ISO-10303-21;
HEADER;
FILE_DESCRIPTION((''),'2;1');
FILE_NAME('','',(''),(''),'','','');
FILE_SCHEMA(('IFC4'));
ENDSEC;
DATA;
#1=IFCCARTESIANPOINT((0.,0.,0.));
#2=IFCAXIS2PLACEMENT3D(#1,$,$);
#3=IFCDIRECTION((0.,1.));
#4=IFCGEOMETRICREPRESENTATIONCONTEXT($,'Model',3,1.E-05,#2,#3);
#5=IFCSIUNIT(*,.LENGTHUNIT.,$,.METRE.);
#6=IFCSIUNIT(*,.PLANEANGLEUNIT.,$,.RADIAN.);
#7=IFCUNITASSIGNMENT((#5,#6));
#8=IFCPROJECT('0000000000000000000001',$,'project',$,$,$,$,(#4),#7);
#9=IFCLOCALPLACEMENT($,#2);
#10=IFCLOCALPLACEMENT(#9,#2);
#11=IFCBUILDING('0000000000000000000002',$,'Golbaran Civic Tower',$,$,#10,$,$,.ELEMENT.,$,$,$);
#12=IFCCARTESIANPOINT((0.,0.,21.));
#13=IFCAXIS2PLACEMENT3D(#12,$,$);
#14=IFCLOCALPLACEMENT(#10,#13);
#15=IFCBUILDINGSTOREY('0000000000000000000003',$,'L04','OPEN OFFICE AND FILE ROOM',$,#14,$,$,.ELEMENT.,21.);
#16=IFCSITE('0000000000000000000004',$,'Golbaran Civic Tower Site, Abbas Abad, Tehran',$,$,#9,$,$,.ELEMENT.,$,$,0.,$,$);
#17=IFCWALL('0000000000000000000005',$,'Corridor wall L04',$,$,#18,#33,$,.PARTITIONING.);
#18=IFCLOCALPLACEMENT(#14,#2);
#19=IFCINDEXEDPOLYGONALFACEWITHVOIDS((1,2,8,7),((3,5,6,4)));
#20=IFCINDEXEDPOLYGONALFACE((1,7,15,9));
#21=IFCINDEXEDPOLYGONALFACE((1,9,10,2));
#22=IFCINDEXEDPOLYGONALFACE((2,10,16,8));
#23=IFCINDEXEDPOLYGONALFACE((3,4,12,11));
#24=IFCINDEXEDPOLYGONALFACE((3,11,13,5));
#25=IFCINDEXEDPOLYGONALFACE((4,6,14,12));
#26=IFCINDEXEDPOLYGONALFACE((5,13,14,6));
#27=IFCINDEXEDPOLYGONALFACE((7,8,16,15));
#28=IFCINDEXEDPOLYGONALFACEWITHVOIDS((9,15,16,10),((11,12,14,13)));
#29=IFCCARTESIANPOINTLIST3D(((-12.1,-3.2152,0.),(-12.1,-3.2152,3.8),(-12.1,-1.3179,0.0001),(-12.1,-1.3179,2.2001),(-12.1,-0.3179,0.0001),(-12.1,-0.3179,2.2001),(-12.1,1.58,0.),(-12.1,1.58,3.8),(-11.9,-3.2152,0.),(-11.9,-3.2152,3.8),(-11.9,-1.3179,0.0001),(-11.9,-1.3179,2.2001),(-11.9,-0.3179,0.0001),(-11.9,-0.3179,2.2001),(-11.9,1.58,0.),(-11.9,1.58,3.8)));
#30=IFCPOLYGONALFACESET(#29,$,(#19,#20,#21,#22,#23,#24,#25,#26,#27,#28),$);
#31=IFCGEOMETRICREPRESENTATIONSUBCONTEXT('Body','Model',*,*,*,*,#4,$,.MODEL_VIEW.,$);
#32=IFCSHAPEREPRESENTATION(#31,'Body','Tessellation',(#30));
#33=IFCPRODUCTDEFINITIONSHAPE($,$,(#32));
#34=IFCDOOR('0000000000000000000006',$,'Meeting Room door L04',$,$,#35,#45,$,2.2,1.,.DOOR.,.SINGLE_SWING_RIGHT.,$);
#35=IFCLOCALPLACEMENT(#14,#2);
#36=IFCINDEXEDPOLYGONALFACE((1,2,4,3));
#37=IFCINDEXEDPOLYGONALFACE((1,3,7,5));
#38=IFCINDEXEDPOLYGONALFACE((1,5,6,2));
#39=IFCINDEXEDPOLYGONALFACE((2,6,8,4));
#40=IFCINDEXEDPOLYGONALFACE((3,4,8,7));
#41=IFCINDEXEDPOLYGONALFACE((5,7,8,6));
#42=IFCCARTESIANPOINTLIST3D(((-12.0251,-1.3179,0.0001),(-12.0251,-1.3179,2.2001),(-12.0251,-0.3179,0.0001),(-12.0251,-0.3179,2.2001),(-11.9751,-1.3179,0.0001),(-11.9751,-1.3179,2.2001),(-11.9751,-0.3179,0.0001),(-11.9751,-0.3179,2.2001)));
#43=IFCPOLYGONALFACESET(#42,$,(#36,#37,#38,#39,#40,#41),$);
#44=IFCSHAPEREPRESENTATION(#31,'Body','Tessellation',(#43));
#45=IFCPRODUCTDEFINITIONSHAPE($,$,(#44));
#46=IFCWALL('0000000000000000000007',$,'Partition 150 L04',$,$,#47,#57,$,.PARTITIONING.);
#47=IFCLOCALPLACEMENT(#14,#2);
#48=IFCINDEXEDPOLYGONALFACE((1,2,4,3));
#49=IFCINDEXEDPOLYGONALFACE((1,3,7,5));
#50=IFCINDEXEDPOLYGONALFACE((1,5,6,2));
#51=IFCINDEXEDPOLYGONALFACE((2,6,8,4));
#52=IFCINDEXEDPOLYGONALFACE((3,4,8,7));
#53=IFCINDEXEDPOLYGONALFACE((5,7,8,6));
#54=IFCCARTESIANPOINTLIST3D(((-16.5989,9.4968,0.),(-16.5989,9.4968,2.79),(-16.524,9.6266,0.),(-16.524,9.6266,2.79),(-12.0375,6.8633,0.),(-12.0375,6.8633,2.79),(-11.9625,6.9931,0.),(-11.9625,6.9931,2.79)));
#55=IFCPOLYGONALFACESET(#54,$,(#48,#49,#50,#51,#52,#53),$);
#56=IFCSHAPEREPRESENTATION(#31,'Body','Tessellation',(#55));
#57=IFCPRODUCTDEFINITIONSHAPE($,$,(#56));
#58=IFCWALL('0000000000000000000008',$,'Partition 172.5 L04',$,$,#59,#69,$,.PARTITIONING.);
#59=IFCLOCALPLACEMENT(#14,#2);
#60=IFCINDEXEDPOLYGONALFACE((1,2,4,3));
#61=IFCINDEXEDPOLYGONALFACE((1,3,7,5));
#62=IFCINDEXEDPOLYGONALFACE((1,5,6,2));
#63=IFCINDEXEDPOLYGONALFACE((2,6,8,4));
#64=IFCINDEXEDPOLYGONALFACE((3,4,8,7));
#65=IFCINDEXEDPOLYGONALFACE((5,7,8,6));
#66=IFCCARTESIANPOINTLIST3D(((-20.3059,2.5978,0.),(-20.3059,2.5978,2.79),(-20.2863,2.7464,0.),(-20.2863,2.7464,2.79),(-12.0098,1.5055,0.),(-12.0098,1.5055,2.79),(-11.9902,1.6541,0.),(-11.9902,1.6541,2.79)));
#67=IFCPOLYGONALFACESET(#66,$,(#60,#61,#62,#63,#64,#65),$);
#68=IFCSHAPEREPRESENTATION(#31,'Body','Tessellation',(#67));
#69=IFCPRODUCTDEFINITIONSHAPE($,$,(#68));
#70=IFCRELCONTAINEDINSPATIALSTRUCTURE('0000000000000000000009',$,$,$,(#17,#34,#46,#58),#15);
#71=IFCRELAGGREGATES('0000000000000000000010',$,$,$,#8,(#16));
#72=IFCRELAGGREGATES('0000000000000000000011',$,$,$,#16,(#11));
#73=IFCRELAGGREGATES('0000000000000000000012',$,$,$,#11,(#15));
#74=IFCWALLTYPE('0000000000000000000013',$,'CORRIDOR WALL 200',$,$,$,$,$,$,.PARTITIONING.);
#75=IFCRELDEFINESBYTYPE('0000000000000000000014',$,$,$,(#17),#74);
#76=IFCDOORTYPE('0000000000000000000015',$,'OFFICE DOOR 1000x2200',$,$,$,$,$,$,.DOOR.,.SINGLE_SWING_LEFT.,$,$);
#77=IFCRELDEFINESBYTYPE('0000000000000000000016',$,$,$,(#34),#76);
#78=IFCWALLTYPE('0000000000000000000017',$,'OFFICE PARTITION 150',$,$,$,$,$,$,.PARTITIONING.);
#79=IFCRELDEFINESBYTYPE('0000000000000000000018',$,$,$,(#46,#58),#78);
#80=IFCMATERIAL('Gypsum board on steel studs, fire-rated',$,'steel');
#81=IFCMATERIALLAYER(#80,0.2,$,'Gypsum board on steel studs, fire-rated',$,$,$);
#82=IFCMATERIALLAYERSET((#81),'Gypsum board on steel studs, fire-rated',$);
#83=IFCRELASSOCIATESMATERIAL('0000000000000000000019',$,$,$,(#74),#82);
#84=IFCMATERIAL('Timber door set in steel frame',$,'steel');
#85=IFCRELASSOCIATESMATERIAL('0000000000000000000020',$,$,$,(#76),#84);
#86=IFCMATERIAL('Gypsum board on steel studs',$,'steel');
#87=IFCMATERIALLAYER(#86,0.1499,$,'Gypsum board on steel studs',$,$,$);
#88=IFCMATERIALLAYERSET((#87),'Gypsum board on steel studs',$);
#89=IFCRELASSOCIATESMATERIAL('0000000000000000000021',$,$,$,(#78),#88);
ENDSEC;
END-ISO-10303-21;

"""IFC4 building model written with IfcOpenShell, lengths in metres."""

from ifc_helpers import new_model, si_unit, direction, frame, frame_2d, origin, place, context, subcontext, project, spatial, rectangle, extrude, material, layer, layer_set, type_object, element, fill, save


model = new_model("IFC4")

# Units and contexts
model_context = context("Model", 3, precision=1e-05, world=origin(), true_north=direction((0.0, 1.0)))
body_context = subcontext(model_context, "Body", "Model", "MODEL_VIEW")
ifc_project = project(units=[si_unit("LENGTHUNIT", "METRE"), si_unit("PLANEANGLEUNIT", "RADIAN")], contexts=[model_context])

# Site, building, storey
site_placement = place(None, origin())
site = spatial("IfcSite", under=ifc_project, at=site_placement, Name="Golbaran Civic Tower Site, Abbas Abad, Tehran", CompositionType="ELEMENT", RefElevation=0.0)
building_placement = place(site_placement, origin())
building = spatial("IfcBuilding", under=site, at=building_placement, Name="Golbaran Civic Tower", CompositionType="ELEMENT")
storey_placement = place(building_placement, frame((0.0, 0.0, 21.0)))
storey = spatial("IfcBuildingStorey", under=building, at=storey_placement, Name="L04", Description="OPEN OFFICE AND FILE ROOM", CompositionType="ELEMENT", Elevation=21.0)

# Shared definitions
ifc_material_1 = material(Name="Timber door set in steel frame", Category="steel")

# Shared definitions
ifc_material_2 = material(Name="Gypsum board on steel studs, fire-rated", Category="steel")
ifc_layer_1 = layer(ifc_material_2, 0.2, Name="Gypsum board on steel studs, fire-rated")
ifc_layer_set_1 = layer_set([ifc_layer_1], Name="Gypsum board on steel studs, fire-rated")
wall_type_1 = type_object("IfcWallType", Name="CORRIDOR WALL 200", PredefinedType="PARTITIONING", material=ifc_layer_set_1)

# Wall, opening, door
door_type_1 = type_object("IfcDoorType", Name="OFFICE DOOR 1000x2200", OperationType="SINGLE_SWING_LEFT", PredefinedType="DOOR", material=ifc_material_1)
wall_1_placement = place(storey_placement, frame((-12.0, 1.5798, 0.0), z_axis=(0.0, 0.0, 1.0), x_axis=(0.0, -1.0, 0.0)))
wall_1 = element("IfcWall", 1, at=wall_1_placement, inside=storey, type_object=wall_type_1, Name="Corridor wall L04", PredefinedType="PARTITIONING", context=body_context, shape_type="SweptSolid", body=[
    extrude(rectangle(XDim=4.7952, YDim=0.2, at=frame_2d((2.3975, 0.0))), origin(), (0.0, 0.0, 1.0), 3.8),
])
opening_1_placement = place(wall_1_placement, frame((1.8977, 0.0, 0.0)))
opening_1 = element("IfcOpeningElement", 2, at=opening_1_placement, cuts=wall_1, PredefinedType="OPENING", context=body_context, shape_type="SweptSolid", body=[
    extrude(rectangle(XDim=1.0, YDim=2.2, at=frame_2d((0.5, 1.1001))), frame((0.0, 0.1099, 0.0), z_axis=(0.0, -1.0, 0.0), x_axis=(1.0, 0.0, 0.0)), (0.0, 0.0, 1.0), 0.22),
])
door_1_placement = place(opening_1_placement, origin())
door_1 = element("IfcDoor", 3, at=door_1_placement, inside=storey, type_object=door_type_1, Name="Meeting Room door L04", OperationType="SINGLE_SWING_RIGHT", OverallHeight=2.2, OverallWidth=1.0, PredefinedType="DOOR", context=body_context, shape_type="SweptSolid", body=[
    extrude(rectangle(XDim=1.0, YDim=2.2, at=frame_2d((0.5, 1.1001))), frame((0.0, 0.0249, 0.0), z_axis=(0.0, -1.0, 0.0), x_axis=(1.0, 0.0, 0.0)), (0.0, 0.0, 1.0), 0.05),
])
fill(opening_1, door_1)

# Walls
ifc_material_3 = material(Name="Gypsum board on steel studs", Category="steel")
ifc_layer_2 = layer(ifc_material_3, 0.1499, Name="Gypsum board on steel studs")
ifc_layer_set_2 = layer_set([ifc_layer_2], Name="Gypsum board on steel studs")
wall_type_2 = type_object("IfcWallType", Name="OFFICE PARTITION 150", PredefinedType="PARTITIONING", material=ifc_layer_set_2)
wall_2_placement = place(storey_placement, frame((-12.0, 6.9282, 0.0), z_axis=(0.0, 0.0, 1.0), x_axis=(-0.86603, 0.499993, 0.0)))
element("IfcWall", 4, at=wall_2_placement, inside=storey, type_object=wall_type_2, Name="Partition 150 L04", PredefinedType="PARTITIONING", context=body_context, shape_type="SweptSolid", body=[
    extrude(rectangle(XDim=5.2671, YDim=0.1499, at=frame_2d((2.6335, 0.0))), origin(), (0.0, 0.0, 1.0), 2.79),
])
wall_3_placement = place(storey_placement, frame((-12.0, 1.5798, 0.0), z_axis=(0.0, 0.0, 1.0), x_axis=(-0.991444, 0.130535, 0.0)))
element("IfcWall", 5, at=wall_3_placement, inside=storey, type_object=wall_type_2, Name="Partition 172.5 L04", PredefinedType="PARTITIONING", context=body_context, shape_type="SweptSolid", body=[
    extrude(rectangle(XDim=8.3677, YDim=0.1499, at=frame_2d((4.1838, 0.0))), origin(), (0.0, 0.0, 1.0), 2.79),
])

save(model, "model.ifc")
